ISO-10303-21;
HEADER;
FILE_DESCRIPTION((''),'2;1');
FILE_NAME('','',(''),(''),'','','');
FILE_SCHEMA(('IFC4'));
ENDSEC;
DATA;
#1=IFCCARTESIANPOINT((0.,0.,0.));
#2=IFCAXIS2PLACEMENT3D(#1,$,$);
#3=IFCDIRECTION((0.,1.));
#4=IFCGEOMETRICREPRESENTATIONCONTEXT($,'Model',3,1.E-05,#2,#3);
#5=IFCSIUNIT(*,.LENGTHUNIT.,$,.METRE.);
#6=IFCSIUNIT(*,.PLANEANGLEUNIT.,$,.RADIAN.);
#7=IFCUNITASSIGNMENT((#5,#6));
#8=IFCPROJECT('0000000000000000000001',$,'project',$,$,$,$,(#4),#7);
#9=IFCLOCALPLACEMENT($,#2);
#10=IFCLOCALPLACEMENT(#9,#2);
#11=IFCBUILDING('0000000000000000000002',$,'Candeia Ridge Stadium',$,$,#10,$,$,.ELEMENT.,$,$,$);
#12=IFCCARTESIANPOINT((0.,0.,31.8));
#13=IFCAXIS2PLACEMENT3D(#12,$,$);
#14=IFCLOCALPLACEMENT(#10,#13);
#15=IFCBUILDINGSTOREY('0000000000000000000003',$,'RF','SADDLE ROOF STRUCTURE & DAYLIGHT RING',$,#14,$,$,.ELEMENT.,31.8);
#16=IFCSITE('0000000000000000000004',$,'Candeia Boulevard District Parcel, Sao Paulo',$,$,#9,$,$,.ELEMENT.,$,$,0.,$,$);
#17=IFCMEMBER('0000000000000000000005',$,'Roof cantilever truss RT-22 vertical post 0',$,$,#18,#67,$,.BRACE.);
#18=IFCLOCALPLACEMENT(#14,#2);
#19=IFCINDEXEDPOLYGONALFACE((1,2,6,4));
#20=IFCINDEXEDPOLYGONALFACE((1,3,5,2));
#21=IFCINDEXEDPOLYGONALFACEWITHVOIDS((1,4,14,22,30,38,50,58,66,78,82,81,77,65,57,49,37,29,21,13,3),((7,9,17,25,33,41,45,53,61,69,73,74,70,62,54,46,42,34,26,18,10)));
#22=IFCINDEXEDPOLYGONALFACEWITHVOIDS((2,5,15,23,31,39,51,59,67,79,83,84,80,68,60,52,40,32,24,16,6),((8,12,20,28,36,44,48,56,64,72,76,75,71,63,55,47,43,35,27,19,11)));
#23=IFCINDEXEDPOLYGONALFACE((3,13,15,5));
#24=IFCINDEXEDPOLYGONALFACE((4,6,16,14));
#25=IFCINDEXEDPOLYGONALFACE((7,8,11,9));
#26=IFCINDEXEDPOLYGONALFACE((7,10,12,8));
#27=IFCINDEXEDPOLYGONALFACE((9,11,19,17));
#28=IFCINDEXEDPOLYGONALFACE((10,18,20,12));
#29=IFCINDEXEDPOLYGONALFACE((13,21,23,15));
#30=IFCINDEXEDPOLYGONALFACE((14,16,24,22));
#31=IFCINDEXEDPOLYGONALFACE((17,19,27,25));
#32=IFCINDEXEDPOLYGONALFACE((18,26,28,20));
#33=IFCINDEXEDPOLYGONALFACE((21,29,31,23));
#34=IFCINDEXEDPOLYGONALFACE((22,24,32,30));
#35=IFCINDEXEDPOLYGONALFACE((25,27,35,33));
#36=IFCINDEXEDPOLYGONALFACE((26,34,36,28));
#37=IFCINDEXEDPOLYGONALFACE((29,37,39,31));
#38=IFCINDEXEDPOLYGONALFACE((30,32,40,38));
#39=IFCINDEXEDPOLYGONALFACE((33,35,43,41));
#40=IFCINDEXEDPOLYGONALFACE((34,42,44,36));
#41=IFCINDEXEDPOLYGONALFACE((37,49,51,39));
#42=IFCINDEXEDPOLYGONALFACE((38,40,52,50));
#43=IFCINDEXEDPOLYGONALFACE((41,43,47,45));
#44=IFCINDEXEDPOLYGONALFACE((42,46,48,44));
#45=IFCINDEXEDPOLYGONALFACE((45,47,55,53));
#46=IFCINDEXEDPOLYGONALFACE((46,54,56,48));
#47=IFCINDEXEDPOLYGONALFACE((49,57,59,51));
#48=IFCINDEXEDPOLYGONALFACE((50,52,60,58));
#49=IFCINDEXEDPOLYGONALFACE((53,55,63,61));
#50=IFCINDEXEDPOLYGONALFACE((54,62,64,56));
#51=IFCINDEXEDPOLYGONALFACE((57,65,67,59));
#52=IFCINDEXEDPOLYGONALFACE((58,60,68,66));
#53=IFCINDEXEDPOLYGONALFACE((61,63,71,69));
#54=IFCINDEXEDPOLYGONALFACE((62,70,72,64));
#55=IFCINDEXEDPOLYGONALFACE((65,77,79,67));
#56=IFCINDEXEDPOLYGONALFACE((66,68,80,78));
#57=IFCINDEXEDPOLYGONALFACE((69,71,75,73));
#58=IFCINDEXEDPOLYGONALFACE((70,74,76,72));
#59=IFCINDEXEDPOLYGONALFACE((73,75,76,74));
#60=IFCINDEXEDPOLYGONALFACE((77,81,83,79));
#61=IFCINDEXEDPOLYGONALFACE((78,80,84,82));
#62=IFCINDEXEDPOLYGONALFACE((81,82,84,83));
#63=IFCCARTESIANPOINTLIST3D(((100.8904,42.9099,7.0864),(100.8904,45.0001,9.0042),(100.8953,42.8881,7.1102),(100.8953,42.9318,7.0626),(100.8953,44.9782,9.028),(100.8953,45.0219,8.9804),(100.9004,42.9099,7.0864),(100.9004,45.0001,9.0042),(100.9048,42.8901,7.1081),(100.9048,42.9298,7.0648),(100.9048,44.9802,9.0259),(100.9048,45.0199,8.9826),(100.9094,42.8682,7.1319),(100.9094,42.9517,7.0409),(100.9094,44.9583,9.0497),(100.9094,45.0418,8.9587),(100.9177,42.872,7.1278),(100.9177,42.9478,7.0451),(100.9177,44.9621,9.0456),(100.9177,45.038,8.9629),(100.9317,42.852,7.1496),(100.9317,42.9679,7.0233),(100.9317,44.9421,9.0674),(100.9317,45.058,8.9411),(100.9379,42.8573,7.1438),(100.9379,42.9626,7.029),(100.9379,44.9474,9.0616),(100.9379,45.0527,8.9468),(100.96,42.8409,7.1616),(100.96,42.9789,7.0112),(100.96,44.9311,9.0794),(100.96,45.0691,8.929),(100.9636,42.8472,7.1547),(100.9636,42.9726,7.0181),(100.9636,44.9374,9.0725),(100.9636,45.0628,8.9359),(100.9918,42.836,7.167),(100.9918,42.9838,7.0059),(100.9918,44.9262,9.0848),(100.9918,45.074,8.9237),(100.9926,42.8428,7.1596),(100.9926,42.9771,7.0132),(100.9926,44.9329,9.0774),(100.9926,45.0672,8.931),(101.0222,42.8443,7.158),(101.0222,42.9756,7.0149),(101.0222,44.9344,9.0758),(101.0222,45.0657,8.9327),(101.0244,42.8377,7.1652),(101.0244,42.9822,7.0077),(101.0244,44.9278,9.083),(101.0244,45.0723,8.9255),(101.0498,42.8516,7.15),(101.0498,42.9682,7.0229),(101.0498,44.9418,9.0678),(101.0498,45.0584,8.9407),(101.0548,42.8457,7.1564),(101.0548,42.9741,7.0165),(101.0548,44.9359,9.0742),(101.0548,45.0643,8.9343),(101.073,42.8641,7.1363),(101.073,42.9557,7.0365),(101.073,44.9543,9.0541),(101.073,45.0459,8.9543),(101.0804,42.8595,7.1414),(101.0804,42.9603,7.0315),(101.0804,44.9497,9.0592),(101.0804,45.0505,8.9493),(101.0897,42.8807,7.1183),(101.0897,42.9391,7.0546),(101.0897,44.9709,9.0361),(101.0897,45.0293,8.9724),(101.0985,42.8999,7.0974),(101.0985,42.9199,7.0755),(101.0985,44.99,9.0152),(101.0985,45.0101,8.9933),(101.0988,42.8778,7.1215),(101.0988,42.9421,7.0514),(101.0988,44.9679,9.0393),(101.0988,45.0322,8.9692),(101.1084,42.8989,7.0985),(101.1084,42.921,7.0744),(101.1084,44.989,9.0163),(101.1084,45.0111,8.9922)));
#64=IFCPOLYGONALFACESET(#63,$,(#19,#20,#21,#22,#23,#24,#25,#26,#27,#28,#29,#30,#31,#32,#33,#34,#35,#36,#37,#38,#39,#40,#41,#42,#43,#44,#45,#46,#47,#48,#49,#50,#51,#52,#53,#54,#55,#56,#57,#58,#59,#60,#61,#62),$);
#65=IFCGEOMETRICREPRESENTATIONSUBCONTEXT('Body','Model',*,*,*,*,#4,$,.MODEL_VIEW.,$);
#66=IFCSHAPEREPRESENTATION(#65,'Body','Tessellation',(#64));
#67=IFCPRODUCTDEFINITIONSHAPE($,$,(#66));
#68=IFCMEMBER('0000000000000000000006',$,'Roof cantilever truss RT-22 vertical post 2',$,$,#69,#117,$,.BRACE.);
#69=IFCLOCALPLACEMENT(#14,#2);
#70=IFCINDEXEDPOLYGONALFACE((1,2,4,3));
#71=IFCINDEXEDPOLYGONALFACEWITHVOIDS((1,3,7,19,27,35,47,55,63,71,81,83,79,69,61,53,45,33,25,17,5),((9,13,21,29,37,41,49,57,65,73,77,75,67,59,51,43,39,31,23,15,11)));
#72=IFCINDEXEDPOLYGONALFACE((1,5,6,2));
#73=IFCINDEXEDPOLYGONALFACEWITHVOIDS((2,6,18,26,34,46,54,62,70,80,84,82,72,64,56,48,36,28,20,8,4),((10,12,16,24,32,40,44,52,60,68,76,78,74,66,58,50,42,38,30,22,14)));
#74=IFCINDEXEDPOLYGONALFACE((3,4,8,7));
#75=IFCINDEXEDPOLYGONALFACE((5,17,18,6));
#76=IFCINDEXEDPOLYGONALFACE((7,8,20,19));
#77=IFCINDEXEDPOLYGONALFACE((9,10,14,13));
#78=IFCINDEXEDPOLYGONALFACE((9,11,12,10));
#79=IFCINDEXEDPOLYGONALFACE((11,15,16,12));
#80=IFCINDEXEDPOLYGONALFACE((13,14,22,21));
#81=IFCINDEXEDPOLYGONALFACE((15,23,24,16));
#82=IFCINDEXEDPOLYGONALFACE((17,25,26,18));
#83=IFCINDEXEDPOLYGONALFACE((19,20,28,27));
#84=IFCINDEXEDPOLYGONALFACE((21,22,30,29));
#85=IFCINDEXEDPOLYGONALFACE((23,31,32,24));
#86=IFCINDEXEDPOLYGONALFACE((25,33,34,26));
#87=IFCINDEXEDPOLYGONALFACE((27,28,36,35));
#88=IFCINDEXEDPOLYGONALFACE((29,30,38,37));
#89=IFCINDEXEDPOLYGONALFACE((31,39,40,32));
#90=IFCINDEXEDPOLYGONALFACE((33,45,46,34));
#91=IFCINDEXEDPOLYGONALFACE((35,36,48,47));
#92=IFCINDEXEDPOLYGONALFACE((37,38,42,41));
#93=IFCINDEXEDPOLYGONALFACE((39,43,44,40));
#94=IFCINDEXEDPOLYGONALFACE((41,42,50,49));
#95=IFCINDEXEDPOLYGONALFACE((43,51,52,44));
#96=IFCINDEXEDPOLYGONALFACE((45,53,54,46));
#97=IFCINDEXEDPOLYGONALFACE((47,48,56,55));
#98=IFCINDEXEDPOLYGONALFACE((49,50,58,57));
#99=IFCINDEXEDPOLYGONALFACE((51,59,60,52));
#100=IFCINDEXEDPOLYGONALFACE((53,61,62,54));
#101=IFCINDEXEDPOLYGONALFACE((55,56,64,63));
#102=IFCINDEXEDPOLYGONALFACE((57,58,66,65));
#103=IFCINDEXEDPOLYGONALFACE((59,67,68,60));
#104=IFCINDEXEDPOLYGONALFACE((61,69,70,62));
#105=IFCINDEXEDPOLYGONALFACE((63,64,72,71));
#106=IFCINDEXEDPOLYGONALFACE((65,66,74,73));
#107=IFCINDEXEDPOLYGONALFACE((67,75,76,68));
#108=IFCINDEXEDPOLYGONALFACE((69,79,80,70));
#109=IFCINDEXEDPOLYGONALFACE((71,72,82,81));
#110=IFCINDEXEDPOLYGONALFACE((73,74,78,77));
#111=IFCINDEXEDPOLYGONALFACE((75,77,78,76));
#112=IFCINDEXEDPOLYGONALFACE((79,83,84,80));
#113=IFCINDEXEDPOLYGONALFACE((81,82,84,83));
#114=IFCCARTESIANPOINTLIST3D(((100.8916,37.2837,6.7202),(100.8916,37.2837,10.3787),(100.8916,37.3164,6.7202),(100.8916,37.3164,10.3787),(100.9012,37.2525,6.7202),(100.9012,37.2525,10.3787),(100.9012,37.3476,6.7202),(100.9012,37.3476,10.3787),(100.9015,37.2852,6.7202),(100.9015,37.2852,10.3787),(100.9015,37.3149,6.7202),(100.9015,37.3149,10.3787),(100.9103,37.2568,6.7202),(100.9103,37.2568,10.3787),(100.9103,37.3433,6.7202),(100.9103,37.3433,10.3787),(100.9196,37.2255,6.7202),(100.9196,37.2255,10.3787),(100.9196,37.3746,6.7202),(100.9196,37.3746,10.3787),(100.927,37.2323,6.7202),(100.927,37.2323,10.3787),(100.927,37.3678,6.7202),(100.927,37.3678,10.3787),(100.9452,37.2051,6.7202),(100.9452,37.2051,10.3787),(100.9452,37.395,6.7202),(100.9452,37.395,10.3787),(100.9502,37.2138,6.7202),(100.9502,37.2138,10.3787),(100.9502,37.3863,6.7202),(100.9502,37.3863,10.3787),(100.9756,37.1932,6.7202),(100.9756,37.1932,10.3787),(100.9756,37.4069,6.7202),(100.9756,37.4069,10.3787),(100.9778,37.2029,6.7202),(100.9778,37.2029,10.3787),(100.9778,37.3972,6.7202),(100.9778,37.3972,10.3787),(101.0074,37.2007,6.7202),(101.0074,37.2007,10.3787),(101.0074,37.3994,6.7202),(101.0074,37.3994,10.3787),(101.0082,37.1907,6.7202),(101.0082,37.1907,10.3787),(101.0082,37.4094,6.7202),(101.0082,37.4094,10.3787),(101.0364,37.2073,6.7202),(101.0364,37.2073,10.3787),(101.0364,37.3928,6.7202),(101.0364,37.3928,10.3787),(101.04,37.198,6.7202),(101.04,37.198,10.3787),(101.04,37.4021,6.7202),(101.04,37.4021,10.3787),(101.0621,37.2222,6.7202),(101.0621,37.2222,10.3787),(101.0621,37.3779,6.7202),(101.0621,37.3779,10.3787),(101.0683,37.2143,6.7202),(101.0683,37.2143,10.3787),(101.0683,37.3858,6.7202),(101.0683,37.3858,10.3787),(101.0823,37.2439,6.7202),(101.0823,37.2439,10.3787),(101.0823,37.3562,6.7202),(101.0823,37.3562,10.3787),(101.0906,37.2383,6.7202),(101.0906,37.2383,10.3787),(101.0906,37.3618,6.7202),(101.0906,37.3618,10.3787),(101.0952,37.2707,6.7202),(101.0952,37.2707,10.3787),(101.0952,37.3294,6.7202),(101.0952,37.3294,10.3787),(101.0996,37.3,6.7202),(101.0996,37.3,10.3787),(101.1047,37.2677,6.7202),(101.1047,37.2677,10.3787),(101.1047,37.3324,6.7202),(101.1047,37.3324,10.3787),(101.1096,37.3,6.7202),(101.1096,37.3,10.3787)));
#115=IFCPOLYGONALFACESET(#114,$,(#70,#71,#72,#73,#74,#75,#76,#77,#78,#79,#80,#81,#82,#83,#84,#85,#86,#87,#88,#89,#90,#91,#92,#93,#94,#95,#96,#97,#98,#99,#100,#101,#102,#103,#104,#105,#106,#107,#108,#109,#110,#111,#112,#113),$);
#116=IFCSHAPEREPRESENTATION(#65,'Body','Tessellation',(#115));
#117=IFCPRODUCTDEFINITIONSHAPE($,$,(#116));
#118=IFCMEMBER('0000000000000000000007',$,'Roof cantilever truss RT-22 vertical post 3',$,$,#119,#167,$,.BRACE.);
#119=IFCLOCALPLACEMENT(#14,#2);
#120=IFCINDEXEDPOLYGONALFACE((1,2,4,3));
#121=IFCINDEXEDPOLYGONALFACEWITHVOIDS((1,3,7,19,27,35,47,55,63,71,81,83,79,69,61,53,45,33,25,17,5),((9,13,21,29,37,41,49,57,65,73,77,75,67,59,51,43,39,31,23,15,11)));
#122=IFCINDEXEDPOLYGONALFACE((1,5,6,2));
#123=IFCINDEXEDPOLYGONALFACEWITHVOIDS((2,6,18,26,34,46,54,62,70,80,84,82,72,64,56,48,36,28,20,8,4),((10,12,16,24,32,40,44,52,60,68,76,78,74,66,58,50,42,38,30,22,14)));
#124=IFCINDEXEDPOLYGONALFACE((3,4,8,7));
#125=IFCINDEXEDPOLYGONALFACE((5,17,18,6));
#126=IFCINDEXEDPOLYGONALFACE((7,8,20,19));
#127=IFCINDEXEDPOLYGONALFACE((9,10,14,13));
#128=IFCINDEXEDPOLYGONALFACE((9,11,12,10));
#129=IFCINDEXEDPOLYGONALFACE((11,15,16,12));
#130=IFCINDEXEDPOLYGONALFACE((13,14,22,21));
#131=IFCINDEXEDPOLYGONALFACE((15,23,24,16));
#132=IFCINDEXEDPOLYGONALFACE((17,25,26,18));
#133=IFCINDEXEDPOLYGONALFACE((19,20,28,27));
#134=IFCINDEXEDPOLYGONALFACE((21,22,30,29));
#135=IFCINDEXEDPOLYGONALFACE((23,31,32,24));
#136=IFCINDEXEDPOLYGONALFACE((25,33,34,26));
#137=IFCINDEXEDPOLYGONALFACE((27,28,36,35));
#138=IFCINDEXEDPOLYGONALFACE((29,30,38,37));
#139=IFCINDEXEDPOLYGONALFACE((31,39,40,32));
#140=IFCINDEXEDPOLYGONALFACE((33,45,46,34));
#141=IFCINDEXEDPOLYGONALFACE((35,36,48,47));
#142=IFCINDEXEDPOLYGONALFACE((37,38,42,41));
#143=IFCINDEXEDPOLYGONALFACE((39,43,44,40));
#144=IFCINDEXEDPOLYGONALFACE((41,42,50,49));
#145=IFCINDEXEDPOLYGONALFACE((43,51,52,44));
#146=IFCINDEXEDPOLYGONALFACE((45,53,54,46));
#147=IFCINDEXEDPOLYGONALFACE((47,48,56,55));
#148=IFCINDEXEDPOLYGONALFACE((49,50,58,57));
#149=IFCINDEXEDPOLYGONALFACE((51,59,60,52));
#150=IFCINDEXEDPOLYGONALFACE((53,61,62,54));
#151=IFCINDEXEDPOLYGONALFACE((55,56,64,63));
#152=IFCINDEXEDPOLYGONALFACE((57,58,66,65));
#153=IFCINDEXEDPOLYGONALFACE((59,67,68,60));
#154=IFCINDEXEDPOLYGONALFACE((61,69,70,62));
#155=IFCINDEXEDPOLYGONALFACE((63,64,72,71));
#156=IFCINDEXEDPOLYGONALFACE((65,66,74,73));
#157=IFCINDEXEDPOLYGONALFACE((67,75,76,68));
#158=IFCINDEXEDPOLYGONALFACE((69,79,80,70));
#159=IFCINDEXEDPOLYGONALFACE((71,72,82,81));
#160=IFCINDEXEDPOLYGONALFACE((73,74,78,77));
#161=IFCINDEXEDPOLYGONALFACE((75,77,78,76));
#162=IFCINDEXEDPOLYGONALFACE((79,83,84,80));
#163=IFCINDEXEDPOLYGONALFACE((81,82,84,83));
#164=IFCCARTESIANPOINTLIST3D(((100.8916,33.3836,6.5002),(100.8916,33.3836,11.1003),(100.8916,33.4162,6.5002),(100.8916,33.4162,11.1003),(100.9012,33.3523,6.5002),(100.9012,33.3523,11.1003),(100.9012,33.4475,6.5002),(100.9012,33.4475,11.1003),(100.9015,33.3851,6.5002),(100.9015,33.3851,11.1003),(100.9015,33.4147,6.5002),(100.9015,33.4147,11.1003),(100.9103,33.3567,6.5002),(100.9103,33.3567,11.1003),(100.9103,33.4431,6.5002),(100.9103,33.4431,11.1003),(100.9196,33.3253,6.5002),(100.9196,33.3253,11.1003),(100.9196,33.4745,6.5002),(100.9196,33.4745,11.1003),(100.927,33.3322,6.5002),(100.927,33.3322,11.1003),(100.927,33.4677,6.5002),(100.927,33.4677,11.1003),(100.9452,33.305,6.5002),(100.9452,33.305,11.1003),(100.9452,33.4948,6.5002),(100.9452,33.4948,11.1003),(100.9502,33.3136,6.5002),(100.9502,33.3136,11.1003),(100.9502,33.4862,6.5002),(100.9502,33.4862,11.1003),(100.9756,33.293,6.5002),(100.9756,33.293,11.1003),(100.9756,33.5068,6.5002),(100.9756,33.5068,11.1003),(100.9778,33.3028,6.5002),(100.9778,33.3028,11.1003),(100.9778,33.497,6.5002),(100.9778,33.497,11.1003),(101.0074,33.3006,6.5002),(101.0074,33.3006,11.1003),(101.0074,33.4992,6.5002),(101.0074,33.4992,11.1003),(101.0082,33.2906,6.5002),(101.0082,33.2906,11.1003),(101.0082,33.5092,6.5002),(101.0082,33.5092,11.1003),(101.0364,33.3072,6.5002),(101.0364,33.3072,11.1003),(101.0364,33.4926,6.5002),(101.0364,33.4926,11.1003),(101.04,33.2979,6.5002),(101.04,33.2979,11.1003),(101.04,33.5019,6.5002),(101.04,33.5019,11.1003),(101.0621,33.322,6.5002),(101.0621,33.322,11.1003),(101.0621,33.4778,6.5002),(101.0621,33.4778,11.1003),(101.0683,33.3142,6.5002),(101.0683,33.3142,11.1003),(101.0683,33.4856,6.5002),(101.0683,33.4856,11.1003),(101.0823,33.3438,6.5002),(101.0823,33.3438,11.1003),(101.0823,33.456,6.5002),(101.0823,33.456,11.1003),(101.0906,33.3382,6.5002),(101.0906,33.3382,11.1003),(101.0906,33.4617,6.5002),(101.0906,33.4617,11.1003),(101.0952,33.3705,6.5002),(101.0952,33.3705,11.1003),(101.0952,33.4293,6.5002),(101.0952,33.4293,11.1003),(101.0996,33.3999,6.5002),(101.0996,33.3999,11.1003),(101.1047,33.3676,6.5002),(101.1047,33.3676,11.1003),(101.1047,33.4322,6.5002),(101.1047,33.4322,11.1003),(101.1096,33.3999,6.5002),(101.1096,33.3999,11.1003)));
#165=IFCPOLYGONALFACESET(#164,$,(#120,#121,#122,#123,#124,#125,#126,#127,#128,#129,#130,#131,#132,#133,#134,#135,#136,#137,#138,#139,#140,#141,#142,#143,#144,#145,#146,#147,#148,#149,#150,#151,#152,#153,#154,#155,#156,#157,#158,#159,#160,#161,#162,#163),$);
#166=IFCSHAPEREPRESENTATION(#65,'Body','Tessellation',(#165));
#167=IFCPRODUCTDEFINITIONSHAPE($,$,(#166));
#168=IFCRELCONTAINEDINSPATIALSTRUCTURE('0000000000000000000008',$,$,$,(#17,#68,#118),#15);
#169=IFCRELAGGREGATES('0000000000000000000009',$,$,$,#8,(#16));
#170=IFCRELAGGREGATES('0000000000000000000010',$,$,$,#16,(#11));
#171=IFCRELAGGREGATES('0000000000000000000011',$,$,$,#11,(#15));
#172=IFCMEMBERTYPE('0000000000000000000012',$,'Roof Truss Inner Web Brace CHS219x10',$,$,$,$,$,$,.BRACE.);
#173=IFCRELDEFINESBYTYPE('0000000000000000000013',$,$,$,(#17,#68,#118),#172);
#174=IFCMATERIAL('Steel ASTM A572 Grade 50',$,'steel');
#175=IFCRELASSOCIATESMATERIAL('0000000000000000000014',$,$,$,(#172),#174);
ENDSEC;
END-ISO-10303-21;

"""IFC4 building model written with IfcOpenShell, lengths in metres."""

from ifc_helpers import new_model, si_unit, direction, frame, origin, origin_2d, place, context, subcontext, project, spatial, hollow_circle, extrude, material, material_profile, profile_set, type_object, element, save


model = new_model("IFC4")

# Units and contexts
model_context = context("Model", 3, precision=1e-05, world=origin(), true_north=direction((0.0, 1.0)))
body_context = subcontext(model_context, "Body", "Model", "MODEL_VIEW")
ifc_project = project(units=[si_unit("LENGTHUNIT", "METRE"), si_unit("PLANEANGLEUNIT", "RADIAN")], contexts=[model_context])

# Site, building, storey
site_placement = place(None, origin())
site = spatial("IfcSite", under=ifc_project, at=site_placement, Name="Candeia Boulevard District Parcel, Sao Paulo", CompositionType="ELEMENT", RefElevation=0.0)
building_placement = place(site_placement, origin())
building = spatial("IfcBuilding", under=site, at=building_placement, Name="Candeia Ridge Stadium", CompositionType="ELEMENT")
storey_placement = place(building_placement, frame((0.0, 0.0, 31.8)))
storey = spatial("IfcBuildingStorey", under=building, at=storey_placement, Name="RF", Description="SADDLE ROOF STRUCTURE & DAYLIGHT RING", CompositionType="ELEMENT", Elevation=31.8)

# Shared definitions
ifc_material_1 = material(Name="Steel ASTM A572 Grade 50", Category="steel")

# Members
ifc_material_profile_1 = material_profile(ifc_material_1, hollow_circle(Radius=0.1096, WallThickness=0.01, at=origin_2d()), Name="CHS219x10", Category="steel")
ifc_profile_set_1 = profile_set([ifc_material_profile_1], Name="Steel ASTM A572 Grade 50")
member_type_1 = type_object("IfcMemberType", Name="Roof Truss Inner Web Brace CHS219x10", PredefinedType="BRACE", material=ifc_profile_set_1)
member_1_placement = place(storey_placement, frame((101.0, 42.9099, 7.0864), z_axis=(0.0, 0.736836, 0.676071), x_axis=(-1.0, 0.0, 0.0)))
element("IfcMember", 1, at=member_1_placement, inside=storey, type_object=member_type_1, Name="Roof cantilever truss RT-22 vertical post 0", PredefinedType="BRACE", context=body_context, shape_type="SweptSolid", body=[
    extrude(hollow_circle(Radius=0.1096, WallThickness=0.01, at=origin_2d()), origin(), (0.0, 0.0, 1.0), 2.8367),
])
member_2_placement = place(storey_placement, frame((101.0, 37.3, 6.7202), z_axis=(0.0, 0.0, 1.0), x_axis=(1.0, 0.0, 0.0)))
element("IfcMember", 2, at=member_2_placement, inside=storey, type_object=member_type_1, Name="Roof cantilever truss RT-22 vertical post 2", PredefinedType="BRACE", context=body_context, shape_type="SweptSolid", body=[
    extrude(hollow_circle(Radius=0.1096, WallThickness=0.01, at=origin_2d()), origin(), (0.0, 0.0, 1.0), 3.6584),
])
member_3_placement = place(storey_placement, frame((101.0, 33.3999, 6.5002), z_axis=(0.0, 0.0, 1.0), x_axis=(1.0, 0.0, 0.0)))
element("IfcMember", 3, at=member_3_placement, inside=storey, type_object=member_type_1, Name="Roof cantilever truss RT-22 vertical post 3", PredefinedType="BRACE", context=body_context, shape_type="SweptSolid", body=[
    extrude(hollow_circle(Radius=0.1096, WallThickness=0.01, at=origin_2d()), origin(), (0.0, 0.0, 1.0), 4.6001),
])

save(model, "model.ifc")
